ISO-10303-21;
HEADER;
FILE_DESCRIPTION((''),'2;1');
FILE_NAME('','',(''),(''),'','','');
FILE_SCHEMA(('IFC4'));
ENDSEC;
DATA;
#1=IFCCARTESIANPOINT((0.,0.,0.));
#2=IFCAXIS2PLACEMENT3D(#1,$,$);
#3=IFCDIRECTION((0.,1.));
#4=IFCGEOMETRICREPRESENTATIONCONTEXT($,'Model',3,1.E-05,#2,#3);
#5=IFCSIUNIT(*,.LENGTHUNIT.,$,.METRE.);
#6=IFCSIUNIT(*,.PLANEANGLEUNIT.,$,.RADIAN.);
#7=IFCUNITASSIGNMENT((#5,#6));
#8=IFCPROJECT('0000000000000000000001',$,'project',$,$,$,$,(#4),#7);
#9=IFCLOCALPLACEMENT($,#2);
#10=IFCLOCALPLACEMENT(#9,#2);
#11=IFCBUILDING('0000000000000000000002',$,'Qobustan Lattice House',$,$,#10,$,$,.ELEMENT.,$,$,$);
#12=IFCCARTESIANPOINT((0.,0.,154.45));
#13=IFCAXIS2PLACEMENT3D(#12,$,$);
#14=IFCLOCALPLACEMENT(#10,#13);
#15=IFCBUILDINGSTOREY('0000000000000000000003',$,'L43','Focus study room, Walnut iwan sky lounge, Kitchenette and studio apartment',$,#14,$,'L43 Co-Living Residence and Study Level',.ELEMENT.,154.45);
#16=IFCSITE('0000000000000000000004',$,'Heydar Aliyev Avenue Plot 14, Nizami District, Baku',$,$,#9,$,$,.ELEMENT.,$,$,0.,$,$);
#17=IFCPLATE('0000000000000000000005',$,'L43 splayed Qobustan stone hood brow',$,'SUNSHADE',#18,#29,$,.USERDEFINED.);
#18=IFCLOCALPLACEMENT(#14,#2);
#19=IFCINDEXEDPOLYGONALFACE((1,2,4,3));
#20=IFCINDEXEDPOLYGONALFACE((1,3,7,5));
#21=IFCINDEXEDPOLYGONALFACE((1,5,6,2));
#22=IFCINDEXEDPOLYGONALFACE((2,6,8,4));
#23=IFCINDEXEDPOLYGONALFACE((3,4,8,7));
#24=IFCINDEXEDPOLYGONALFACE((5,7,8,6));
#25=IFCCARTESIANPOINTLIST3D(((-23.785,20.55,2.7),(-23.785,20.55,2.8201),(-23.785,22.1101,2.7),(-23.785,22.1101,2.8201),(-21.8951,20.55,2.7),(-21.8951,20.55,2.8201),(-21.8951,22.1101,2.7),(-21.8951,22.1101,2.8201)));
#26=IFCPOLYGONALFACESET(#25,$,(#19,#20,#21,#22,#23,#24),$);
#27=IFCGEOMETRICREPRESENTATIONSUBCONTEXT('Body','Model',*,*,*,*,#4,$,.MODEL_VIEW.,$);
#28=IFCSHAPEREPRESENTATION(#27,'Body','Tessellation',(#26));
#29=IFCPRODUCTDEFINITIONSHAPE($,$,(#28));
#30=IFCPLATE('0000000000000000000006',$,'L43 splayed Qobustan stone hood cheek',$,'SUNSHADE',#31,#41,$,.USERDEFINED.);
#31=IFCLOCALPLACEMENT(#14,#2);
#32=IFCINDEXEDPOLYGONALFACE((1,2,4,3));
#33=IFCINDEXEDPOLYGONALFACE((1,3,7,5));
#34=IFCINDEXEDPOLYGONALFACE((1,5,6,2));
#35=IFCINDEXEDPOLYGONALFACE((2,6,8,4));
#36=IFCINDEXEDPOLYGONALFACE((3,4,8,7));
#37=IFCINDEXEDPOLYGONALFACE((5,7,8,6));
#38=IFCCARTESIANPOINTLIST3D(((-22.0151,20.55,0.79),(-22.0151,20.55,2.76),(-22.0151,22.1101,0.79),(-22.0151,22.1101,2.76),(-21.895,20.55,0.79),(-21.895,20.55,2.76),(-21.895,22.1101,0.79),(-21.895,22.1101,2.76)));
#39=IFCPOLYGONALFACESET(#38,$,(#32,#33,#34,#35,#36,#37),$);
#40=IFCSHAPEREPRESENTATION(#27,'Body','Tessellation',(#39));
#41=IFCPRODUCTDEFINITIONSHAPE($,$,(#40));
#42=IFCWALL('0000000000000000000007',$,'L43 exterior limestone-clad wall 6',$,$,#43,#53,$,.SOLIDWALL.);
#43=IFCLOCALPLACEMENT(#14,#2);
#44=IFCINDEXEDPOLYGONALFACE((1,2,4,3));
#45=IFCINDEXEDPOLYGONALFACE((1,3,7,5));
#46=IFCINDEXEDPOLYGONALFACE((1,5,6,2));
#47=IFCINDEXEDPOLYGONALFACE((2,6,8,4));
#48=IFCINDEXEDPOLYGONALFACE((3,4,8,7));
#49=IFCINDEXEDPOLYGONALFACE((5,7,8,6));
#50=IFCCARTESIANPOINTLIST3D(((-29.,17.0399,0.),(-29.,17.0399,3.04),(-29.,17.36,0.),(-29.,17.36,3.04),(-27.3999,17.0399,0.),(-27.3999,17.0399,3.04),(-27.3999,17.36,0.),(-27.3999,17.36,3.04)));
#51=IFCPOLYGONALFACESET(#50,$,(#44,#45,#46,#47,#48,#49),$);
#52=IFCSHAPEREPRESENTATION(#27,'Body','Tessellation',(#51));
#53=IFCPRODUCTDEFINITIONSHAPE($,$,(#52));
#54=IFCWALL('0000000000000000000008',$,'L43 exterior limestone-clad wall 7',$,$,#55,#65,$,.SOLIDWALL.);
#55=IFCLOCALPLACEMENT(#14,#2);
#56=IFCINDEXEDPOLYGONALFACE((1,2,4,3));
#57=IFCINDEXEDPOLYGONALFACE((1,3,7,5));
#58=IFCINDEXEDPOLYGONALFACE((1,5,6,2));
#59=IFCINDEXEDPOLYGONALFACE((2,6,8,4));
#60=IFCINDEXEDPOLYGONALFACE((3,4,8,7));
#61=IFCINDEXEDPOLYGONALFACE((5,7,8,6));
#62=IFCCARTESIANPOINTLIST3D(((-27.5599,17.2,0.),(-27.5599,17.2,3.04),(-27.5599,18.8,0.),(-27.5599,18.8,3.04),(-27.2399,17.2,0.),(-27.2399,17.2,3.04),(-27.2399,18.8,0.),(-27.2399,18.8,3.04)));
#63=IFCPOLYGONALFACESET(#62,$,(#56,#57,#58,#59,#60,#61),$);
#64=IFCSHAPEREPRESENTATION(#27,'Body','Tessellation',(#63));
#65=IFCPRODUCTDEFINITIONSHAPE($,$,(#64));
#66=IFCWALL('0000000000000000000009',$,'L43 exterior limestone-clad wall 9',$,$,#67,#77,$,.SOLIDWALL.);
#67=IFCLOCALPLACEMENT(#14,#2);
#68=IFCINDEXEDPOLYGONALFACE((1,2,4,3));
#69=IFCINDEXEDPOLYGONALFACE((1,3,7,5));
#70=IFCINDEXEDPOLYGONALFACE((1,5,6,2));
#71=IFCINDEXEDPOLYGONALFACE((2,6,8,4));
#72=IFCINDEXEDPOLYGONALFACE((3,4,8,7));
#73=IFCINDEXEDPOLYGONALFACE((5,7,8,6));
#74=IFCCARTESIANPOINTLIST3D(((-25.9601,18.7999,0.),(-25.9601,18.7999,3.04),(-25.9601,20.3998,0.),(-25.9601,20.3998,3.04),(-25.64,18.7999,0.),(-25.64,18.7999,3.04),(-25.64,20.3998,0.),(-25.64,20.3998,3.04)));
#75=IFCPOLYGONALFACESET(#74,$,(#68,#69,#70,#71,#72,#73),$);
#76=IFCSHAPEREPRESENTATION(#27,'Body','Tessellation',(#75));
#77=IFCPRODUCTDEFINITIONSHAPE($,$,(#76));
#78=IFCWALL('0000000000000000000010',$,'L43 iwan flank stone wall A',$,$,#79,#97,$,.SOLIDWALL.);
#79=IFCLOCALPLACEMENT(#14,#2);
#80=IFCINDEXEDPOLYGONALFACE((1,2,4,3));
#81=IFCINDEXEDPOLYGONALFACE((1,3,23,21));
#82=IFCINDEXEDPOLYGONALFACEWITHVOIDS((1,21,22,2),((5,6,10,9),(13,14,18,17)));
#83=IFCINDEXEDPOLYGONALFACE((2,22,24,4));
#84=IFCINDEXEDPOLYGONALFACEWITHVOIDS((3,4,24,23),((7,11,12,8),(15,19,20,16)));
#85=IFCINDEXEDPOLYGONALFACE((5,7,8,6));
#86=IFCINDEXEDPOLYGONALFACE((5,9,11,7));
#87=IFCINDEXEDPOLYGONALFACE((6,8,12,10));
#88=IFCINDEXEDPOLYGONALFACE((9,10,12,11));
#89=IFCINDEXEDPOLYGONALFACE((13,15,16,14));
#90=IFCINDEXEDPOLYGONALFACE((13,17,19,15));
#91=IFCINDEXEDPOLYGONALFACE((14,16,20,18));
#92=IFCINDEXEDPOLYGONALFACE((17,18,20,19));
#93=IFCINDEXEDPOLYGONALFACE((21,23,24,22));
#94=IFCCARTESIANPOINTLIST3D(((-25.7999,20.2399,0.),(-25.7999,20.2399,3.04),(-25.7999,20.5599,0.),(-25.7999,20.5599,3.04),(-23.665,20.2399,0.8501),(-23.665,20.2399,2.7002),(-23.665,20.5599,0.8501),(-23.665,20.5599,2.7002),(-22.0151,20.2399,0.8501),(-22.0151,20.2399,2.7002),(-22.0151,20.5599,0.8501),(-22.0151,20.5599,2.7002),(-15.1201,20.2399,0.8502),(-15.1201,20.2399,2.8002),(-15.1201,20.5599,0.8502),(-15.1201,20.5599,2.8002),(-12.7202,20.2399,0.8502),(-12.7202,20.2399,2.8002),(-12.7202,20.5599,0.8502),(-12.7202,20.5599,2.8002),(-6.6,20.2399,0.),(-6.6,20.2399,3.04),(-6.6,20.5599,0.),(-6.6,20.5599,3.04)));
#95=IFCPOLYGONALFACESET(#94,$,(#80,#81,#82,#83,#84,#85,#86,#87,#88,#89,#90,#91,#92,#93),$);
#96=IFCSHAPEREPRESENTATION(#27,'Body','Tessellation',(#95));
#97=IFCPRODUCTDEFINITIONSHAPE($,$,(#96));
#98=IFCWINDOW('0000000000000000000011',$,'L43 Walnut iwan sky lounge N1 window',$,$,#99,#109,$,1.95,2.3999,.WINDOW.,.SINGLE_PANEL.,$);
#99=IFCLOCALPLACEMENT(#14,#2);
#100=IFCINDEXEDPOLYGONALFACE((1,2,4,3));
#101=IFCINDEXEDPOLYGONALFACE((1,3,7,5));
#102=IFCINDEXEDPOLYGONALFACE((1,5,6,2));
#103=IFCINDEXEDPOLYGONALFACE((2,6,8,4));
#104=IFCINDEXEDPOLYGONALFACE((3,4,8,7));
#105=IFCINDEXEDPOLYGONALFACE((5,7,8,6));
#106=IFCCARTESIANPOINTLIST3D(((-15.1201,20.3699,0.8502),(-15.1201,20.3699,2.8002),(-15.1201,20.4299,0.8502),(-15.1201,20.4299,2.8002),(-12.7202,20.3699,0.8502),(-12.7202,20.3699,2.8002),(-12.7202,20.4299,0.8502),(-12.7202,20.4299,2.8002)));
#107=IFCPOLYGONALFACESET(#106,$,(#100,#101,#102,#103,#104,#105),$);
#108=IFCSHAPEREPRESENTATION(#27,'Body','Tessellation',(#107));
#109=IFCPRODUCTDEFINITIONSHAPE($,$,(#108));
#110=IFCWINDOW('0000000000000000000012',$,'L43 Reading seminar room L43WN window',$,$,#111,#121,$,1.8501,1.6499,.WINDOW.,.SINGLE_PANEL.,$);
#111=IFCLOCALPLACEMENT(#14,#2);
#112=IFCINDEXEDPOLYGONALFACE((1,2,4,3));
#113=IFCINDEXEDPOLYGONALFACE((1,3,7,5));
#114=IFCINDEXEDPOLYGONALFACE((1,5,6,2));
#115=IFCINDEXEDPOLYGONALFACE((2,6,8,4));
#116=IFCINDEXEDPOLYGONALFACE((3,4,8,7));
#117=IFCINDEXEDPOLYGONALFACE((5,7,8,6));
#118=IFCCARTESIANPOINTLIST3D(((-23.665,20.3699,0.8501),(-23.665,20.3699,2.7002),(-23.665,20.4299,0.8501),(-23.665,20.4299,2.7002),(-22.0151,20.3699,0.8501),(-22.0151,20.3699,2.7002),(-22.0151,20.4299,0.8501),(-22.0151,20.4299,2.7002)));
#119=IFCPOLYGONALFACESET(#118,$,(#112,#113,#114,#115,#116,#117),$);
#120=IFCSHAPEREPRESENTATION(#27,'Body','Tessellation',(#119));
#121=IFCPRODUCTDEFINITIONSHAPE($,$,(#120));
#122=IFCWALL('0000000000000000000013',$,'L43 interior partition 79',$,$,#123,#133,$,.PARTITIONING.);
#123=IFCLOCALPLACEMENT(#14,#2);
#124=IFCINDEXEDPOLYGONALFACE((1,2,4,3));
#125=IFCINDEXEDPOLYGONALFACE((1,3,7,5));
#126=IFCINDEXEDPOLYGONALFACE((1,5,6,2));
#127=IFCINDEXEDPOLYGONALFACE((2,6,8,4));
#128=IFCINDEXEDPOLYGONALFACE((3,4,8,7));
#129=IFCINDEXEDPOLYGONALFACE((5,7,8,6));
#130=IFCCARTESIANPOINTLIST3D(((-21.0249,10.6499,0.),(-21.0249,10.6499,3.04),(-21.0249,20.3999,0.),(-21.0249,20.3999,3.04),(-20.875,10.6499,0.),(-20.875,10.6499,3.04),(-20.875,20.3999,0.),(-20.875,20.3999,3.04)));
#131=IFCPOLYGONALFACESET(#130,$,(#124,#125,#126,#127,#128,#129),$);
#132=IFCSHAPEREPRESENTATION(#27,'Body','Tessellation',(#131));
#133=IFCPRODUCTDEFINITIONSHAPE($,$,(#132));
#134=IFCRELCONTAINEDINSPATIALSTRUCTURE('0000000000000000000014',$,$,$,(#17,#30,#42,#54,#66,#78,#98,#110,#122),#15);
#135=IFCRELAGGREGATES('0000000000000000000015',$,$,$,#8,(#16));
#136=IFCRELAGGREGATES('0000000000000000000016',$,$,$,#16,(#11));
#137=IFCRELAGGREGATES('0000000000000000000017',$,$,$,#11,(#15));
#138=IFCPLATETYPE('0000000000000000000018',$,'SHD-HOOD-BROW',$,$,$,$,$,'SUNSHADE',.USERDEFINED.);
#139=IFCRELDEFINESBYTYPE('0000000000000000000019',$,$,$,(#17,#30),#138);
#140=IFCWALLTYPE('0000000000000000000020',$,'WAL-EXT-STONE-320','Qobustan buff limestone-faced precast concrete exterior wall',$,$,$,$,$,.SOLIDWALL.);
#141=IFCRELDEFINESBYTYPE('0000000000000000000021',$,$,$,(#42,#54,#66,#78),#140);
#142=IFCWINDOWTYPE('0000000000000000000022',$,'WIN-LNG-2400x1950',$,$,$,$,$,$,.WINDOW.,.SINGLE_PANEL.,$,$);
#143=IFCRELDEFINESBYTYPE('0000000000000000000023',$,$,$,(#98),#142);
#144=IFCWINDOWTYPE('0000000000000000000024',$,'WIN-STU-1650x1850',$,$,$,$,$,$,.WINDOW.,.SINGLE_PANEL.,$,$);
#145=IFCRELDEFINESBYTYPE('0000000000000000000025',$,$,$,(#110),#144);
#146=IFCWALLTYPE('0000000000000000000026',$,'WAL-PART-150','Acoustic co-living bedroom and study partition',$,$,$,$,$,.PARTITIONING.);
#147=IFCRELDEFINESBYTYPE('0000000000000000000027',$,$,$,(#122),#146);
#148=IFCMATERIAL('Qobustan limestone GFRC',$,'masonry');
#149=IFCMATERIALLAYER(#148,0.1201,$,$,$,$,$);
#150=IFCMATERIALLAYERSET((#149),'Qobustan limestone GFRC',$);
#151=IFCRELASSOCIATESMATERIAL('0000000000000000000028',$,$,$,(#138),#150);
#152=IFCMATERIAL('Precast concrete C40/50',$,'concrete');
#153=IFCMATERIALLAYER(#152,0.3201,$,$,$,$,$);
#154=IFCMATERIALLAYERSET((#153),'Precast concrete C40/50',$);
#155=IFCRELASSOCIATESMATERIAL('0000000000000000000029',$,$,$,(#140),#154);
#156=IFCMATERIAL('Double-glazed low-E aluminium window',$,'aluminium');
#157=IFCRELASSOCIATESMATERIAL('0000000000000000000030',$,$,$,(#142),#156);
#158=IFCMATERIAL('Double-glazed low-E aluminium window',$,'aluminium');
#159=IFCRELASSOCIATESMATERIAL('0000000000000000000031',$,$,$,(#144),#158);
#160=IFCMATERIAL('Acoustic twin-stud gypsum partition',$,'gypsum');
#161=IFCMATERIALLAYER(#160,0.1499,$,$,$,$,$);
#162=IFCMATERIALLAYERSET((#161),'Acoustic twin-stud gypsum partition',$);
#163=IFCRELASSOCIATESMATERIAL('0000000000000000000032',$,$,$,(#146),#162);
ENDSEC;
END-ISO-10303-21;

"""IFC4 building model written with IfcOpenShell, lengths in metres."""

from ifc_helpers import new_model, si_unit, direction, frame, frame_2d, origin, origin_2d, place, context, subcontext, project, spatial, rectangle, extrude, material, layer, layer_set, type_object, element, fill, save


model = new_model("IFC4")

# Units and contexts
model_context = context("Model", 3, precision=1e-05, world=origin(), true_north=direction((0.0, 1.0)))
body_context = subcontext(model_context, "Body", "Model", "MODEL_VIEW")
ifc_project = project(units=[si_unit("LENGTHUNIT", "METRE"), si_unit("PLANEANGLEUNIT", "RADIAN")], contexts=[model_context])

# Site, building, storey
site_placement = place(None, origin())
site = spatial("IfcSite", under=ifc_project, at=site_placement, Name="Heydar Aliyev Avenue Plot 14, Nizami District, Baku", CompositionType="ELEMENT", RefElevation=0.0)
building_placement = place(site_placement, origin())
building = spatial("IfcBuilding", under=site, at=building_placement, Name="Qobustan Lattice House", CompositionType="ELEMENT")
storey_placement = place(building_placement, frame((0.0, 0.0, 154.45)))
storey = spatial("IfcBuildingStorey", under=building, at=storey_placement, Name="L43", Description="Focus study room, Walnut iwan sky lounge, Kitchenette and studio apartment", LongName="L43 Co-Living Residence and Study Level", CompositionType="ELEMENT", Elevation=154.45)

# Plates
ifc_material_1 = material(Name="Qobustan limestone GFRC", Category="masonry")
ifc_layer_1 = layer(ifc_material_1, 0.1201)
ifc_layer_set_1 = layer_set([ifc_layer_1], Name="Qobustan limestone GFRC")
plate_type_1 = type_object("IfcPlateType", Name="SHD-HOOD-BROW", ElementType="SUNSHADE", PredefinedType="USERDEFINED", material=ifc_layer_set_1)
plate_1_placement = place(storey_placement, frame((-22.8401, 21.3301, 2.7), z_axis=(0.0, 0.0, 1.0), x_axis=(1.0, 0.0, 0.0)))
element("IfcPlate", 1, at=plate_1_placement, inside=storey, type_object=plate_type_1, Name="L43 splayed Qobustan stone hood brow", ObjectType="SUNSHADE", PredefinedType="USERDEFINED", context=body_context, shape_type="SweptSolid", body=[
    extrude(rectangle(XDim=1.8899, YDim=1.5601, at=origin_2d()), origin(), (0.0, 0.0, 1.0), 0.1201),
])
plate_2_placement = place(storey_placement, frame((-21.9551, 21.3301, 0.79), z_axis=(0.0, 0.0, 1.0), x_axis=(1.0, 0.0, 0.0)))
element("IfcPlate", 2, at=plate_2_placement, inside=storey, type_object=plate_type_1, Name="L43 splayed Qobustan stone hood cheek", ObjectType="SUNSHADE", PredefinedType="USERDEFINED", context=body_context, shape_type="SweptSolid", body=[
    extrude(rectangle(XDim=0.1201, YDim=1.5601, at=origin_2d()), origin(), (0.0, 0.0, 1.0), 1.97),
])

# Walls
ifc_material_2 = material(Name="Precast concrete C40/50", Category="concrete")
ifc_layer_2 = layer(ifc_material_2, 0.3201)
ifc_layer_set_2 = layer_set([ifc_layer_2], Name="Precast concrete C40/50")
wall_type_1 = type_object("IfcWallType", Name="WAL-EXT-STONE-320", Description="Qobustan buff limestone-faced precast concrete exterior wall", PredefinedType="SOLIDWALL", material=ifc_layer_set_2)
for number, where, z_axis, x_axis, name in (
    (3, (-29.0, 17.2, 0.0), (0.0, 0.0, 1.0), (1.0, 0.0, 0.0), "L43 exterior limestone-clad wall 6"),
    (4, (-27.3999, 17.2, 0.0), (0.0, 0.0, 1.0), (0.0, 1.0, 0.0), "L43 exterior limestone-clad wall 7"),
):
    element("IfcWall", number, at=place(storey_placement, frame(where, z_axis=z_axis, x_axis=x_axis)), inside=storey, type_object=wall_type_1, Name=name, PredefinedType="SOLIDWALL", context=body_context, shape_type="SweptSolid", body=[
        extrude(rectangle(XDim=1.6001, YDim=0.3201, at=frame_2d((0.8, 0.0))), origin(), (0.0, 0.0, 1.0), 3.04),
    ])
wall_1_placement = place(storey_placement, frame((-25.8, 18.8, 0.0), z_axis=(0.0, 0.0, 1.0), x_axis=(0.0, 1.0, 0.0)))
element("IfcWall", 5, at=wall_1_placement, inside=storey, type_object=wall_type_1, Name="L43 exterior limestone-clad wall 9", PredefinedType="SOLIDWALL", context=body_context, shape_type="SweptSolid", body=[
    extrude(rectangle(XDim=1.5999, YDim=0.3201, at=frame_2d((0.7998, 0.0))), origin(), (0.0, 0.0, 1.0), 3.04),
])

# Wall, openings, windows
wall_2_placement = place(storey_placement, frame((-25.8, 20.3999, 0.0), z_axis=(0.0, 0.0, 1.0), x_axis=(1.0, 0.0, 0.0)))
wall_2 = element("IfcWall", 6, at=wall_2_placement, inside=storey, type_object=wall_type_1, Name="L43 iwan flank stone wall A", PredefinedType="SOLIDWALL", context=body_context, shape_type="SweptSolid", body=[
    extrude(rectangle(XDim=19.2, YDim=0.3201, at=frame_2d((9.6001, 0.0))), origin(), (0.0, 0.0, 1.0), 3.04),
])
opening_1_placement = place(wall_2_placement, frame((2.135, 0.0, 0.8501)))
opening_1 = element("IfcOpeningElement", 7, at=opening_1_placement, cuts=wall_2, PredefinedType="OPENING", context=body_context, shape_type="SweptSolid", body=[
    extrude(rectangle(XDim=1.6499, YDim=1.8501, at=frame_2d((0.825, 0.925))), frame((0.0, 0.1699, 0.0), z_axis=(0.0, -1.0, 0.0), x_axis=(1.0, 0.0, 0.0)), (0.0, 0.0, 1.0), 0.3401),
])
opening_2_placement = place(wall_2_placement, frame((10.6799, 0.0, 0.8501)))
opening_2 = element("IfcOpeningElement", 8, at=opening_2_placement, cuts=wall_2, PredefinedType="OPENING", context=body_context, shape_type="SweptSolid", body=[
    extrude(rectangle(XDim=2.3999, YDim=1.95, at=frame_2d((1.2, 0.9751))), frame((0.0, 0.1699, 0.0), z_axis=(0.0, -1.0, 0.0), x_axis=(1.0, 0.0, 0.0)), (0.0, 0.0, 1.0), 0.3401),
])
ifc_material_3 = material(Name="Double-glazed low-E aluminium window", Category="aluminium")
window_type_1 = type_object("IfcWindowType", Name="WIN-LNG-2400x1950", PartitioningType="SINGLE_PANEL", PredefinedType="WINDOW", material=ifc_material_3)
window_1_placement = place(opening_2_placement, origin())
window_1 = element("IfcWindow", 9, at=window_1_placement, inside=storey, type_object=window_type_1, Name="L43 Walnut iwan sky lounge N1 window", OverallHeight=1.95, OverallWidth=2.3999, PartitioningType="SINGLE_PANEL", PredefinedType="WINDOW", context=body_context, shape_type="SweptSolid", body=[
    extrude(rectangle(XDim=2.3999, YDim=1.95, at=frame_2d((1.2, 0.9751))), frame((0.0, 0.03, 0.0), z_axis=(0.0, -1.0, 0.0), x_axis=(1.0, 0.0, 0.0)), (0.0, 0.0, 1.0), 0.0601),
])
fill(opening_2, window_1)
ifc_material_4 = material(Name="Double-glazed low-E aluminium window", Category="aluminium")
window_type_2 = type_object("IfcWindowType", Name="WIN-STU-1650x1850", PartitioningType="SINGLE_PANEL", PredefinedType="WINDOW", material=ifc_material_4)
window_2_placement = place(opening_1_placement, origin())
window_2 = element("IfcWindow", 10, at=window_2_placement, inside=storey, type_object=window_type_2, Name="L43 Reading seminar room L43WN window", OverallHeight=1.8501, OverallWidth=1.6499, PartitioningType="SINGLE_PANEL", PredefinedType="WINDOW", context=body_context, shape_type="SweptSolid", body=[
    extrude(rectangle(XDim=1.6499, YDim=1.8501, at=frame_2d((0.825, 0.925))), frame((0.0, 0.03, 0.0), z_axis=(0.0, -1.0, 0.0), x_axis=(1.0, 0.0, 0.0)), (0.0, 0.0, 1.0), 0.0601),
])
fill(opening_1, window_2)

# Wall
ifc_material_5 = material(Name="Acoustic twin-stud gypsum partition", Category="gypsum")
ifc_layer_3 = layer(ifc_material_5, 0.1499)
ifc_layer_set_3 = layer_set([ifc_layer_3], Name="Acoustic twin-stud gypsum partition")
wall_type_2 = type_object("IfcWallType", Name="WAL-PART-150", Description="Acoustic co-living bedroom and study partition", PredefinedType="PARTITIONING", material=ifc_layer_set_3)
wall_3_placement = place(storey_placement, frame((-20.95, 20.3999, 0.0), z_axis=(0.0, 0.0, 1.0), x_axis=(0.0, -1.0, 0.0)))
element("IfcWall", 11, at=wall_3_placement, inside=storey, type_object=wall_type_2, Name="L43 interior partition 79", PredefinedType="PARTITIONING", context=body_context, shape_type="SweptSolid", body=[
    extrude(rectangle(XDim=9.75, YDim=0.1499, at=frame_2d((4.875, 0.0))), origin(), (0.0, 0.0, 1.0), 3.04),
])

save(model, "model.ifc")
